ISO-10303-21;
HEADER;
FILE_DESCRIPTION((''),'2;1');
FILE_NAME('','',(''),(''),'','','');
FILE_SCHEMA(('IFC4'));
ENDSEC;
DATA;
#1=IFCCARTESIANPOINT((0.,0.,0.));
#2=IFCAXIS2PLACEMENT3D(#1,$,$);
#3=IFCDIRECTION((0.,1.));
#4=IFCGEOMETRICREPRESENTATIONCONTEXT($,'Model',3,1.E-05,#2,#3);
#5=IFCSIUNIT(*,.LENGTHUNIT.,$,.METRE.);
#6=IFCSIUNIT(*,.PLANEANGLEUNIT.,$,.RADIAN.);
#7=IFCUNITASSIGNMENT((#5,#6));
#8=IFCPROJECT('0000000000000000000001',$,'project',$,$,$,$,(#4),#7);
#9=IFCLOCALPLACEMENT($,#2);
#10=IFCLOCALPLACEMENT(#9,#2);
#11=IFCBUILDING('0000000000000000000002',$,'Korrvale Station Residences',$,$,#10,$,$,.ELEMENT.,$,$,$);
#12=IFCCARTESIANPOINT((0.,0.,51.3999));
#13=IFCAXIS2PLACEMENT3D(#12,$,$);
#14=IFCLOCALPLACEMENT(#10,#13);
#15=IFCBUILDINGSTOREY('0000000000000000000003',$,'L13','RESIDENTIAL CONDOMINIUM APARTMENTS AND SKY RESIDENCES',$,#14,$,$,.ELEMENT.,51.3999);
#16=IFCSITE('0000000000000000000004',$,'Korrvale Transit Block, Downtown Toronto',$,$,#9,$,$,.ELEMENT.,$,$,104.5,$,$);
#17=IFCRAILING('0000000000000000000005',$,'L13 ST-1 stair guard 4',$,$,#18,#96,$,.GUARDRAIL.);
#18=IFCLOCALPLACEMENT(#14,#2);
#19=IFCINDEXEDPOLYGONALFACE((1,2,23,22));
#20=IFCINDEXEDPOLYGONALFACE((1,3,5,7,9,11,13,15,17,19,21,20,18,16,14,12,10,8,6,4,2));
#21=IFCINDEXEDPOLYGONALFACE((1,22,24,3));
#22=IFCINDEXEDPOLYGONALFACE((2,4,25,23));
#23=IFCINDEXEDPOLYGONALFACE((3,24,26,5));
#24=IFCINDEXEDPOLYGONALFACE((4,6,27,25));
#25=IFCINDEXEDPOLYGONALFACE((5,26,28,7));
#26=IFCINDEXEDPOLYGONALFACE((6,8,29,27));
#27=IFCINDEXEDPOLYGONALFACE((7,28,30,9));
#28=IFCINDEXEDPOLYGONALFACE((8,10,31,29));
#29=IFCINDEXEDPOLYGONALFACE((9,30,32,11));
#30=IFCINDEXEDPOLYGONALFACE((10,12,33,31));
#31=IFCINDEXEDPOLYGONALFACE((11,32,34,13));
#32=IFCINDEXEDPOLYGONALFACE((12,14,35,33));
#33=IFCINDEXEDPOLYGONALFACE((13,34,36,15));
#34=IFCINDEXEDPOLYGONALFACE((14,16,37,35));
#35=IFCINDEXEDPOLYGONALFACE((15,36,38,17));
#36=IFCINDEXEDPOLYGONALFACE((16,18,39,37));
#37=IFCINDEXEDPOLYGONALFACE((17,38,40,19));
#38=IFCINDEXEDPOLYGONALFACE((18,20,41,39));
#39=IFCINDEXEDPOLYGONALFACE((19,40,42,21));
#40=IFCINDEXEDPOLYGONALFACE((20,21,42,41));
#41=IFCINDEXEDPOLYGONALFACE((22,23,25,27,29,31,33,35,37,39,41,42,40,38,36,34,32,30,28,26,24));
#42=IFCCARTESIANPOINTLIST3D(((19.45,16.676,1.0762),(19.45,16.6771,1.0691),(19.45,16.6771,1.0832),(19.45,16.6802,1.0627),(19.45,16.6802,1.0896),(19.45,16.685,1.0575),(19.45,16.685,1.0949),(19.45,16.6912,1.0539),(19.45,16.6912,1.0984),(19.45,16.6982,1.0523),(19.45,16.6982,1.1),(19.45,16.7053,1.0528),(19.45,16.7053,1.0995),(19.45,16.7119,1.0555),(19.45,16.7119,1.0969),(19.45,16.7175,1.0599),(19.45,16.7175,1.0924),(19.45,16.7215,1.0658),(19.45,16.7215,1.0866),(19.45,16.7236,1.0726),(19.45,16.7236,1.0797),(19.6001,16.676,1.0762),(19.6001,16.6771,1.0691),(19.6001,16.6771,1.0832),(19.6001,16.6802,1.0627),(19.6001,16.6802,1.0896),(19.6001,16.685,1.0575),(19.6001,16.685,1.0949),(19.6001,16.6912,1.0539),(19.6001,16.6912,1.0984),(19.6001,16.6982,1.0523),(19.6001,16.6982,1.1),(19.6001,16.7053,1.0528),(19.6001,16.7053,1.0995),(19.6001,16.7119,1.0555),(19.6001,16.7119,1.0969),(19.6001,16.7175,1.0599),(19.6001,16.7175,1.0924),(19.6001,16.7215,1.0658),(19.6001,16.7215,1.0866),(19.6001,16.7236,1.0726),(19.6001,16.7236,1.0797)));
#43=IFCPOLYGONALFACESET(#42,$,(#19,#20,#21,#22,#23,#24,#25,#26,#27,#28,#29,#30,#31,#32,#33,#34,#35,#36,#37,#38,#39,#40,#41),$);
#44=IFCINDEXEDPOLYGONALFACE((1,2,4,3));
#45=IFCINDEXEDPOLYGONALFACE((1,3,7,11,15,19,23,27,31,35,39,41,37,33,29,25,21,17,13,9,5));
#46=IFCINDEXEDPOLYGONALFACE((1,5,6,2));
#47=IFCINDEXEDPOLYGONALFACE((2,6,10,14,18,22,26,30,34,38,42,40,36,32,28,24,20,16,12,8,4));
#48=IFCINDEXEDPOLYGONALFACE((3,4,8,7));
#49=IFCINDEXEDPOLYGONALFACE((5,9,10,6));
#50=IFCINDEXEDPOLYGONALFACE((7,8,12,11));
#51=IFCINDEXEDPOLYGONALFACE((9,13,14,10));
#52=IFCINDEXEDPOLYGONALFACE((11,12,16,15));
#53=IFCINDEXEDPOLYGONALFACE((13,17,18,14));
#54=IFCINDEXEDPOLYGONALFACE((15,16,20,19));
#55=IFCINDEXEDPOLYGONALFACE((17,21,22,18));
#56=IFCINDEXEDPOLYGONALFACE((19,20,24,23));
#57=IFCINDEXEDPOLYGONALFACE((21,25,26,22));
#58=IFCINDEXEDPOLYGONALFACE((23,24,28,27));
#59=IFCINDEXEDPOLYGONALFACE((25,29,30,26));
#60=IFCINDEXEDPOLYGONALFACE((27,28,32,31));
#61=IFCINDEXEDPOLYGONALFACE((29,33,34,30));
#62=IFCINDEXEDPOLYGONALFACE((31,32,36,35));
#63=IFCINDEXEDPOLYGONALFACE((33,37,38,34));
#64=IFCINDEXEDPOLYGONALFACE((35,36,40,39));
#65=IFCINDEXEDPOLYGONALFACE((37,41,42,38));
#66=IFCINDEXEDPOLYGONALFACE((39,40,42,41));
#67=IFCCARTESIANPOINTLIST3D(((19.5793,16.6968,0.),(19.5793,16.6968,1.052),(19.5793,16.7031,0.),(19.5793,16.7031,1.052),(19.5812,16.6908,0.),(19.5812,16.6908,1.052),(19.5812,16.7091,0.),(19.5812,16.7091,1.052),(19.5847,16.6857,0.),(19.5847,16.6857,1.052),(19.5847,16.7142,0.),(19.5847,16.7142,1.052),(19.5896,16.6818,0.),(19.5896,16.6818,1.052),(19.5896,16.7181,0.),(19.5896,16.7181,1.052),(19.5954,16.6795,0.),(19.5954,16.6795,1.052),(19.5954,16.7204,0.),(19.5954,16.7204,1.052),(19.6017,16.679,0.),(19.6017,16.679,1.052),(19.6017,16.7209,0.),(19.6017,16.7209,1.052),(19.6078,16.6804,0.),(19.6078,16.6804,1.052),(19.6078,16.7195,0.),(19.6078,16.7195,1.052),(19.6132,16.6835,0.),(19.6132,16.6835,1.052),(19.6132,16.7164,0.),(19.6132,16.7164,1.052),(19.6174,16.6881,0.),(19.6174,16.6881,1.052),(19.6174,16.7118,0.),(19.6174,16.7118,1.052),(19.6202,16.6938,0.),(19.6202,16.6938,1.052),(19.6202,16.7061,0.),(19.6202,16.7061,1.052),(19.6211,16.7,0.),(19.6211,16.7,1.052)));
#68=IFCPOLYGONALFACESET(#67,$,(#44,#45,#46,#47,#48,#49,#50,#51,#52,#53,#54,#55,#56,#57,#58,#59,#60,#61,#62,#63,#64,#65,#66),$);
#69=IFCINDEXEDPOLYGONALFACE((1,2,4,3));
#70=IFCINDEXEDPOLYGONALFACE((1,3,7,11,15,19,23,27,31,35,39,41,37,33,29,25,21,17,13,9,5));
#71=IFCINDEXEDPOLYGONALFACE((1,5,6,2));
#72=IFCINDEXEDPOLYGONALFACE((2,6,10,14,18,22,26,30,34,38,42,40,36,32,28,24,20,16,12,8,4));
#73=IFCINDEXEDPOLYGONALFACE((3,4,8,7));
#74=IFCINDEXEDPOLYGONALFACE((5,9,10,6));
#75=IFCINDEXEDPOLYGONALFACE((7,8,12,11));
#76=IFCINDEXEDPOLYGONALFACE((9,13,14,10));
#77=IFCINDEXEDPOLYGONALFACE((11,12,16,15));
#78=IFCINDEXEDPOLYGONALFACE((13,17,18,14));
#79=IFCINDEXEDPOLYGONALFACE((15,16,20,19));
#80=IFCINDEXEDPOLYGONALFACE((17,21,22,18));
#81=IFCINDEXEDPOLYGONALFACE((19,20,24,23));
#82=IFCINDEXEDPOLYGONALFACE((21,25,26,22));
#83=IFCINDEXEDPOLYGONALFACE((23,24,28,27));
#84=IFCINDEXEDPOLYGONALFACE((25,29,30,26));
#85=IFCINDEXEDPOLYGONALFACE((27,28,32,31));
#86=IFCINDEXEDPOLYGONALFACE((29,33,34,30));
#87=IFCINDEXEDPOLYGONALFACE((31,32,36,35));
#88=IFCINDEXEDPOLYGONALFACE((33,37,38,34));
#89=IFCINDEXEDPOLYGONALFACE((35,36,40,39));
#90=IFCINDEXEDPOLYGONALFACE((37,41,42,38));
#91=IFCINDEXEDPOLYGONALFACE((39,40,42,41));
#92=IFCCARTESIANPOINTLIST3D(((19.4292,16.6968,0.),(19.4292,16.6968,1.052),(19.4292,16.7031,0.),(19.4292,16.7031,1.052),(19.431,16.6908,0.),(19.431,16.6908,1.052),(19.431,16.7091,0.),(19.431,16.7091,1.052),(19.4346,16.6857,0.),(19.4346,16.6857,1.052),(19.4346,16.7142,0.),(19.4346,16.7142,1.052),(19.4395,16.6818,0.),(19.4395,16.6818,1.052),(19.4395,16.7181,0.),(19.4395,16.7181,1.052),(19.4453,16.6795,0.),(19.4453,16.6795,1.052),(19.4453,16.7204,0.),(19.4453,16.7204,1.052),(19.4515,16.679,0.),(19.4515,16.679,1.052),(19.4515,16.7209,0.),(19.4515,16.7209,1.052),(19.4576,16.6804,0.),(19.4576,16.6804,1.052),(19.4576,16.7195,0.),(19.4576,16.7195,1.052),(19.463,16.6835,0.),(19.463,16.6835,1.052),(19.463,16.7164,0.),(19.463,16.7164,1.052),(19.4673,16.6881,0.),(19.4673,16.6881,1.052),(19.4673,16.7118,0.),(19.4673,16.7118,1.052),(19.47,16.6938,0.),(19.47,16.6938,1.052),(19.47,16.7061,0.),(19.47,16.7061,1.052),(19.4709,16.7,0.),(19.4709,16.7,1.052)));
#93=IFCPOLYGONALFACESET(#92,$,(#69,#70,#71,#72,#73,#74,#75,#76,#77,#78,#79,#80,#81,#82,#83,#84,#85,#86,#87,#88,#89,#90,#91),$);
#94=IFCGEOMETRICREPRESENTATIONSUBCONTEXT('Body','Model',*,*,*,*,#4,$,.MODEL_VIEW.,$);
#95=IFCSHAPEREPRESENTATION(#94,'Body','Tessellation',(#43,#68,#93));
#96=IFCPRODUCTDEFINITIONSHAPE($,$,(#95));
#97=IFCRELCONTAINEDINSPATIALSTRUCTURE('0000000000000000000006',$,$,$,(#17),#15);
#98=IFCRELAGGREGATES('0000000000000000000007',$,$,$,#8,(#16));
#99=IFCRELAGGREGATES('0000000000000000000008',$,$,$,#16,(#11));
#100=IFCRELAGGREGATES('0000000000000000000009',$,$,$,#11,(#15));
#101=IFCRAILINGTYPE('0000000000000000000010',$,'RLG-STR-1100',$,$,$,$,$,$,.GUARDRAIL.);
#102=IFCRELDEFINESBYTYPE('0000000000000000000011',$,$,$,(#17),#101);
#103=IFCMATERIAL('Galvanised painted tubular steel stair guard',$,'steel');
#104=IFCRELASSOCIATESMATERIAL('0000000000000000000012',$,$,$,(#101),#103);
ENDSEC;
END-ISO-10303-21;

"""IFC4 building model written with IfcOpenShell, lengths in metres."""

from ifc_helpers import new_model, si_unit, direction, frame, origin, origin_2d, place, context, subcontext, project, spatial, circle, extrude, material, type_object, element, save


model = new_model("IFC4")

# Units and contexts
model_context = context("Model", 3, precision=1e-05, world=origin(), true_north=direction((0.0, 1.0)))
body_context = subcontext(model_context, "Body", "Model", "MODEL_VIEW")
ifc_project = project(units=[si_unit("LENGTHUNIT", "METRE"), si_unit("PLANEANGLEUNIT", "RADIAN")], contexts=[model_context])

# Site, building, storey
site_placement = place(None, origin())
site = spatial("IfcSite", under=ifc_project, at=site_placement, Name="Korrvale Transit Block, Downtown Toronto", CompositionType="ELEMENT", RefElevation=104.5)
building_placement = place(site_placement, origin())
building = spatial("IfcBuilding", under=site, at=building_placement, Name="Korrvale Station Residences", CompositionType="ELEMENT")
storey_placement = place(building_placement, frame((0.0, 0.0, 51.3999)))
storey = spatial("IfcBuildingStorey", under=building, at=storey_placement, Name="L13", Description="RESIDENTIAL CONDOMINIUM APARTMENTS AND SKY RESIDENCES", CompositionType="ELEMENT", Elevation=51.3999)

# Railing
ifc_material_1 = material(Name="Galvanised painted tubular steel stair guard", Category="steel")
railing_type_1 = type_object("IfcRailingType", Name="RLG-STR-1100", PredefinedType="GUARDRAIL", material=ifc_material_1)
railing_1_placement = place(storey_placement, frame((19.6001, 16.7, 0.0)))
element("IfcRailing", 1, at=railing_1_placement, inside=storey, type_object=railing_type_1, Name="L13 ST-1 stair guard 4", PredefinedType="GUARDRAIL", context=body_context, shape_type="SweptSolid", body=[
    extrude(circle(Radius=0.0239, at=origin_2d()), frame((0.0, 0.0, 1.0762), z_axis=(-1.0, 0.0, 0.0), x_axis=(0.0, -1.0, 0.0)), (0.0, 0.0, 1.0), 0.1501),
    extrude(circle(Radius=0.021, at=origin_2d()), origin(), (0.0, 0.0, 1.0), 1.052),
    extrude(circle(Radius=0.021, at=origin_2d()), frame((-0.1501, 0.0, 0.0)), (0.0, 0.0, 1.0), 1.052),
])

save(model, "model.ifc")
